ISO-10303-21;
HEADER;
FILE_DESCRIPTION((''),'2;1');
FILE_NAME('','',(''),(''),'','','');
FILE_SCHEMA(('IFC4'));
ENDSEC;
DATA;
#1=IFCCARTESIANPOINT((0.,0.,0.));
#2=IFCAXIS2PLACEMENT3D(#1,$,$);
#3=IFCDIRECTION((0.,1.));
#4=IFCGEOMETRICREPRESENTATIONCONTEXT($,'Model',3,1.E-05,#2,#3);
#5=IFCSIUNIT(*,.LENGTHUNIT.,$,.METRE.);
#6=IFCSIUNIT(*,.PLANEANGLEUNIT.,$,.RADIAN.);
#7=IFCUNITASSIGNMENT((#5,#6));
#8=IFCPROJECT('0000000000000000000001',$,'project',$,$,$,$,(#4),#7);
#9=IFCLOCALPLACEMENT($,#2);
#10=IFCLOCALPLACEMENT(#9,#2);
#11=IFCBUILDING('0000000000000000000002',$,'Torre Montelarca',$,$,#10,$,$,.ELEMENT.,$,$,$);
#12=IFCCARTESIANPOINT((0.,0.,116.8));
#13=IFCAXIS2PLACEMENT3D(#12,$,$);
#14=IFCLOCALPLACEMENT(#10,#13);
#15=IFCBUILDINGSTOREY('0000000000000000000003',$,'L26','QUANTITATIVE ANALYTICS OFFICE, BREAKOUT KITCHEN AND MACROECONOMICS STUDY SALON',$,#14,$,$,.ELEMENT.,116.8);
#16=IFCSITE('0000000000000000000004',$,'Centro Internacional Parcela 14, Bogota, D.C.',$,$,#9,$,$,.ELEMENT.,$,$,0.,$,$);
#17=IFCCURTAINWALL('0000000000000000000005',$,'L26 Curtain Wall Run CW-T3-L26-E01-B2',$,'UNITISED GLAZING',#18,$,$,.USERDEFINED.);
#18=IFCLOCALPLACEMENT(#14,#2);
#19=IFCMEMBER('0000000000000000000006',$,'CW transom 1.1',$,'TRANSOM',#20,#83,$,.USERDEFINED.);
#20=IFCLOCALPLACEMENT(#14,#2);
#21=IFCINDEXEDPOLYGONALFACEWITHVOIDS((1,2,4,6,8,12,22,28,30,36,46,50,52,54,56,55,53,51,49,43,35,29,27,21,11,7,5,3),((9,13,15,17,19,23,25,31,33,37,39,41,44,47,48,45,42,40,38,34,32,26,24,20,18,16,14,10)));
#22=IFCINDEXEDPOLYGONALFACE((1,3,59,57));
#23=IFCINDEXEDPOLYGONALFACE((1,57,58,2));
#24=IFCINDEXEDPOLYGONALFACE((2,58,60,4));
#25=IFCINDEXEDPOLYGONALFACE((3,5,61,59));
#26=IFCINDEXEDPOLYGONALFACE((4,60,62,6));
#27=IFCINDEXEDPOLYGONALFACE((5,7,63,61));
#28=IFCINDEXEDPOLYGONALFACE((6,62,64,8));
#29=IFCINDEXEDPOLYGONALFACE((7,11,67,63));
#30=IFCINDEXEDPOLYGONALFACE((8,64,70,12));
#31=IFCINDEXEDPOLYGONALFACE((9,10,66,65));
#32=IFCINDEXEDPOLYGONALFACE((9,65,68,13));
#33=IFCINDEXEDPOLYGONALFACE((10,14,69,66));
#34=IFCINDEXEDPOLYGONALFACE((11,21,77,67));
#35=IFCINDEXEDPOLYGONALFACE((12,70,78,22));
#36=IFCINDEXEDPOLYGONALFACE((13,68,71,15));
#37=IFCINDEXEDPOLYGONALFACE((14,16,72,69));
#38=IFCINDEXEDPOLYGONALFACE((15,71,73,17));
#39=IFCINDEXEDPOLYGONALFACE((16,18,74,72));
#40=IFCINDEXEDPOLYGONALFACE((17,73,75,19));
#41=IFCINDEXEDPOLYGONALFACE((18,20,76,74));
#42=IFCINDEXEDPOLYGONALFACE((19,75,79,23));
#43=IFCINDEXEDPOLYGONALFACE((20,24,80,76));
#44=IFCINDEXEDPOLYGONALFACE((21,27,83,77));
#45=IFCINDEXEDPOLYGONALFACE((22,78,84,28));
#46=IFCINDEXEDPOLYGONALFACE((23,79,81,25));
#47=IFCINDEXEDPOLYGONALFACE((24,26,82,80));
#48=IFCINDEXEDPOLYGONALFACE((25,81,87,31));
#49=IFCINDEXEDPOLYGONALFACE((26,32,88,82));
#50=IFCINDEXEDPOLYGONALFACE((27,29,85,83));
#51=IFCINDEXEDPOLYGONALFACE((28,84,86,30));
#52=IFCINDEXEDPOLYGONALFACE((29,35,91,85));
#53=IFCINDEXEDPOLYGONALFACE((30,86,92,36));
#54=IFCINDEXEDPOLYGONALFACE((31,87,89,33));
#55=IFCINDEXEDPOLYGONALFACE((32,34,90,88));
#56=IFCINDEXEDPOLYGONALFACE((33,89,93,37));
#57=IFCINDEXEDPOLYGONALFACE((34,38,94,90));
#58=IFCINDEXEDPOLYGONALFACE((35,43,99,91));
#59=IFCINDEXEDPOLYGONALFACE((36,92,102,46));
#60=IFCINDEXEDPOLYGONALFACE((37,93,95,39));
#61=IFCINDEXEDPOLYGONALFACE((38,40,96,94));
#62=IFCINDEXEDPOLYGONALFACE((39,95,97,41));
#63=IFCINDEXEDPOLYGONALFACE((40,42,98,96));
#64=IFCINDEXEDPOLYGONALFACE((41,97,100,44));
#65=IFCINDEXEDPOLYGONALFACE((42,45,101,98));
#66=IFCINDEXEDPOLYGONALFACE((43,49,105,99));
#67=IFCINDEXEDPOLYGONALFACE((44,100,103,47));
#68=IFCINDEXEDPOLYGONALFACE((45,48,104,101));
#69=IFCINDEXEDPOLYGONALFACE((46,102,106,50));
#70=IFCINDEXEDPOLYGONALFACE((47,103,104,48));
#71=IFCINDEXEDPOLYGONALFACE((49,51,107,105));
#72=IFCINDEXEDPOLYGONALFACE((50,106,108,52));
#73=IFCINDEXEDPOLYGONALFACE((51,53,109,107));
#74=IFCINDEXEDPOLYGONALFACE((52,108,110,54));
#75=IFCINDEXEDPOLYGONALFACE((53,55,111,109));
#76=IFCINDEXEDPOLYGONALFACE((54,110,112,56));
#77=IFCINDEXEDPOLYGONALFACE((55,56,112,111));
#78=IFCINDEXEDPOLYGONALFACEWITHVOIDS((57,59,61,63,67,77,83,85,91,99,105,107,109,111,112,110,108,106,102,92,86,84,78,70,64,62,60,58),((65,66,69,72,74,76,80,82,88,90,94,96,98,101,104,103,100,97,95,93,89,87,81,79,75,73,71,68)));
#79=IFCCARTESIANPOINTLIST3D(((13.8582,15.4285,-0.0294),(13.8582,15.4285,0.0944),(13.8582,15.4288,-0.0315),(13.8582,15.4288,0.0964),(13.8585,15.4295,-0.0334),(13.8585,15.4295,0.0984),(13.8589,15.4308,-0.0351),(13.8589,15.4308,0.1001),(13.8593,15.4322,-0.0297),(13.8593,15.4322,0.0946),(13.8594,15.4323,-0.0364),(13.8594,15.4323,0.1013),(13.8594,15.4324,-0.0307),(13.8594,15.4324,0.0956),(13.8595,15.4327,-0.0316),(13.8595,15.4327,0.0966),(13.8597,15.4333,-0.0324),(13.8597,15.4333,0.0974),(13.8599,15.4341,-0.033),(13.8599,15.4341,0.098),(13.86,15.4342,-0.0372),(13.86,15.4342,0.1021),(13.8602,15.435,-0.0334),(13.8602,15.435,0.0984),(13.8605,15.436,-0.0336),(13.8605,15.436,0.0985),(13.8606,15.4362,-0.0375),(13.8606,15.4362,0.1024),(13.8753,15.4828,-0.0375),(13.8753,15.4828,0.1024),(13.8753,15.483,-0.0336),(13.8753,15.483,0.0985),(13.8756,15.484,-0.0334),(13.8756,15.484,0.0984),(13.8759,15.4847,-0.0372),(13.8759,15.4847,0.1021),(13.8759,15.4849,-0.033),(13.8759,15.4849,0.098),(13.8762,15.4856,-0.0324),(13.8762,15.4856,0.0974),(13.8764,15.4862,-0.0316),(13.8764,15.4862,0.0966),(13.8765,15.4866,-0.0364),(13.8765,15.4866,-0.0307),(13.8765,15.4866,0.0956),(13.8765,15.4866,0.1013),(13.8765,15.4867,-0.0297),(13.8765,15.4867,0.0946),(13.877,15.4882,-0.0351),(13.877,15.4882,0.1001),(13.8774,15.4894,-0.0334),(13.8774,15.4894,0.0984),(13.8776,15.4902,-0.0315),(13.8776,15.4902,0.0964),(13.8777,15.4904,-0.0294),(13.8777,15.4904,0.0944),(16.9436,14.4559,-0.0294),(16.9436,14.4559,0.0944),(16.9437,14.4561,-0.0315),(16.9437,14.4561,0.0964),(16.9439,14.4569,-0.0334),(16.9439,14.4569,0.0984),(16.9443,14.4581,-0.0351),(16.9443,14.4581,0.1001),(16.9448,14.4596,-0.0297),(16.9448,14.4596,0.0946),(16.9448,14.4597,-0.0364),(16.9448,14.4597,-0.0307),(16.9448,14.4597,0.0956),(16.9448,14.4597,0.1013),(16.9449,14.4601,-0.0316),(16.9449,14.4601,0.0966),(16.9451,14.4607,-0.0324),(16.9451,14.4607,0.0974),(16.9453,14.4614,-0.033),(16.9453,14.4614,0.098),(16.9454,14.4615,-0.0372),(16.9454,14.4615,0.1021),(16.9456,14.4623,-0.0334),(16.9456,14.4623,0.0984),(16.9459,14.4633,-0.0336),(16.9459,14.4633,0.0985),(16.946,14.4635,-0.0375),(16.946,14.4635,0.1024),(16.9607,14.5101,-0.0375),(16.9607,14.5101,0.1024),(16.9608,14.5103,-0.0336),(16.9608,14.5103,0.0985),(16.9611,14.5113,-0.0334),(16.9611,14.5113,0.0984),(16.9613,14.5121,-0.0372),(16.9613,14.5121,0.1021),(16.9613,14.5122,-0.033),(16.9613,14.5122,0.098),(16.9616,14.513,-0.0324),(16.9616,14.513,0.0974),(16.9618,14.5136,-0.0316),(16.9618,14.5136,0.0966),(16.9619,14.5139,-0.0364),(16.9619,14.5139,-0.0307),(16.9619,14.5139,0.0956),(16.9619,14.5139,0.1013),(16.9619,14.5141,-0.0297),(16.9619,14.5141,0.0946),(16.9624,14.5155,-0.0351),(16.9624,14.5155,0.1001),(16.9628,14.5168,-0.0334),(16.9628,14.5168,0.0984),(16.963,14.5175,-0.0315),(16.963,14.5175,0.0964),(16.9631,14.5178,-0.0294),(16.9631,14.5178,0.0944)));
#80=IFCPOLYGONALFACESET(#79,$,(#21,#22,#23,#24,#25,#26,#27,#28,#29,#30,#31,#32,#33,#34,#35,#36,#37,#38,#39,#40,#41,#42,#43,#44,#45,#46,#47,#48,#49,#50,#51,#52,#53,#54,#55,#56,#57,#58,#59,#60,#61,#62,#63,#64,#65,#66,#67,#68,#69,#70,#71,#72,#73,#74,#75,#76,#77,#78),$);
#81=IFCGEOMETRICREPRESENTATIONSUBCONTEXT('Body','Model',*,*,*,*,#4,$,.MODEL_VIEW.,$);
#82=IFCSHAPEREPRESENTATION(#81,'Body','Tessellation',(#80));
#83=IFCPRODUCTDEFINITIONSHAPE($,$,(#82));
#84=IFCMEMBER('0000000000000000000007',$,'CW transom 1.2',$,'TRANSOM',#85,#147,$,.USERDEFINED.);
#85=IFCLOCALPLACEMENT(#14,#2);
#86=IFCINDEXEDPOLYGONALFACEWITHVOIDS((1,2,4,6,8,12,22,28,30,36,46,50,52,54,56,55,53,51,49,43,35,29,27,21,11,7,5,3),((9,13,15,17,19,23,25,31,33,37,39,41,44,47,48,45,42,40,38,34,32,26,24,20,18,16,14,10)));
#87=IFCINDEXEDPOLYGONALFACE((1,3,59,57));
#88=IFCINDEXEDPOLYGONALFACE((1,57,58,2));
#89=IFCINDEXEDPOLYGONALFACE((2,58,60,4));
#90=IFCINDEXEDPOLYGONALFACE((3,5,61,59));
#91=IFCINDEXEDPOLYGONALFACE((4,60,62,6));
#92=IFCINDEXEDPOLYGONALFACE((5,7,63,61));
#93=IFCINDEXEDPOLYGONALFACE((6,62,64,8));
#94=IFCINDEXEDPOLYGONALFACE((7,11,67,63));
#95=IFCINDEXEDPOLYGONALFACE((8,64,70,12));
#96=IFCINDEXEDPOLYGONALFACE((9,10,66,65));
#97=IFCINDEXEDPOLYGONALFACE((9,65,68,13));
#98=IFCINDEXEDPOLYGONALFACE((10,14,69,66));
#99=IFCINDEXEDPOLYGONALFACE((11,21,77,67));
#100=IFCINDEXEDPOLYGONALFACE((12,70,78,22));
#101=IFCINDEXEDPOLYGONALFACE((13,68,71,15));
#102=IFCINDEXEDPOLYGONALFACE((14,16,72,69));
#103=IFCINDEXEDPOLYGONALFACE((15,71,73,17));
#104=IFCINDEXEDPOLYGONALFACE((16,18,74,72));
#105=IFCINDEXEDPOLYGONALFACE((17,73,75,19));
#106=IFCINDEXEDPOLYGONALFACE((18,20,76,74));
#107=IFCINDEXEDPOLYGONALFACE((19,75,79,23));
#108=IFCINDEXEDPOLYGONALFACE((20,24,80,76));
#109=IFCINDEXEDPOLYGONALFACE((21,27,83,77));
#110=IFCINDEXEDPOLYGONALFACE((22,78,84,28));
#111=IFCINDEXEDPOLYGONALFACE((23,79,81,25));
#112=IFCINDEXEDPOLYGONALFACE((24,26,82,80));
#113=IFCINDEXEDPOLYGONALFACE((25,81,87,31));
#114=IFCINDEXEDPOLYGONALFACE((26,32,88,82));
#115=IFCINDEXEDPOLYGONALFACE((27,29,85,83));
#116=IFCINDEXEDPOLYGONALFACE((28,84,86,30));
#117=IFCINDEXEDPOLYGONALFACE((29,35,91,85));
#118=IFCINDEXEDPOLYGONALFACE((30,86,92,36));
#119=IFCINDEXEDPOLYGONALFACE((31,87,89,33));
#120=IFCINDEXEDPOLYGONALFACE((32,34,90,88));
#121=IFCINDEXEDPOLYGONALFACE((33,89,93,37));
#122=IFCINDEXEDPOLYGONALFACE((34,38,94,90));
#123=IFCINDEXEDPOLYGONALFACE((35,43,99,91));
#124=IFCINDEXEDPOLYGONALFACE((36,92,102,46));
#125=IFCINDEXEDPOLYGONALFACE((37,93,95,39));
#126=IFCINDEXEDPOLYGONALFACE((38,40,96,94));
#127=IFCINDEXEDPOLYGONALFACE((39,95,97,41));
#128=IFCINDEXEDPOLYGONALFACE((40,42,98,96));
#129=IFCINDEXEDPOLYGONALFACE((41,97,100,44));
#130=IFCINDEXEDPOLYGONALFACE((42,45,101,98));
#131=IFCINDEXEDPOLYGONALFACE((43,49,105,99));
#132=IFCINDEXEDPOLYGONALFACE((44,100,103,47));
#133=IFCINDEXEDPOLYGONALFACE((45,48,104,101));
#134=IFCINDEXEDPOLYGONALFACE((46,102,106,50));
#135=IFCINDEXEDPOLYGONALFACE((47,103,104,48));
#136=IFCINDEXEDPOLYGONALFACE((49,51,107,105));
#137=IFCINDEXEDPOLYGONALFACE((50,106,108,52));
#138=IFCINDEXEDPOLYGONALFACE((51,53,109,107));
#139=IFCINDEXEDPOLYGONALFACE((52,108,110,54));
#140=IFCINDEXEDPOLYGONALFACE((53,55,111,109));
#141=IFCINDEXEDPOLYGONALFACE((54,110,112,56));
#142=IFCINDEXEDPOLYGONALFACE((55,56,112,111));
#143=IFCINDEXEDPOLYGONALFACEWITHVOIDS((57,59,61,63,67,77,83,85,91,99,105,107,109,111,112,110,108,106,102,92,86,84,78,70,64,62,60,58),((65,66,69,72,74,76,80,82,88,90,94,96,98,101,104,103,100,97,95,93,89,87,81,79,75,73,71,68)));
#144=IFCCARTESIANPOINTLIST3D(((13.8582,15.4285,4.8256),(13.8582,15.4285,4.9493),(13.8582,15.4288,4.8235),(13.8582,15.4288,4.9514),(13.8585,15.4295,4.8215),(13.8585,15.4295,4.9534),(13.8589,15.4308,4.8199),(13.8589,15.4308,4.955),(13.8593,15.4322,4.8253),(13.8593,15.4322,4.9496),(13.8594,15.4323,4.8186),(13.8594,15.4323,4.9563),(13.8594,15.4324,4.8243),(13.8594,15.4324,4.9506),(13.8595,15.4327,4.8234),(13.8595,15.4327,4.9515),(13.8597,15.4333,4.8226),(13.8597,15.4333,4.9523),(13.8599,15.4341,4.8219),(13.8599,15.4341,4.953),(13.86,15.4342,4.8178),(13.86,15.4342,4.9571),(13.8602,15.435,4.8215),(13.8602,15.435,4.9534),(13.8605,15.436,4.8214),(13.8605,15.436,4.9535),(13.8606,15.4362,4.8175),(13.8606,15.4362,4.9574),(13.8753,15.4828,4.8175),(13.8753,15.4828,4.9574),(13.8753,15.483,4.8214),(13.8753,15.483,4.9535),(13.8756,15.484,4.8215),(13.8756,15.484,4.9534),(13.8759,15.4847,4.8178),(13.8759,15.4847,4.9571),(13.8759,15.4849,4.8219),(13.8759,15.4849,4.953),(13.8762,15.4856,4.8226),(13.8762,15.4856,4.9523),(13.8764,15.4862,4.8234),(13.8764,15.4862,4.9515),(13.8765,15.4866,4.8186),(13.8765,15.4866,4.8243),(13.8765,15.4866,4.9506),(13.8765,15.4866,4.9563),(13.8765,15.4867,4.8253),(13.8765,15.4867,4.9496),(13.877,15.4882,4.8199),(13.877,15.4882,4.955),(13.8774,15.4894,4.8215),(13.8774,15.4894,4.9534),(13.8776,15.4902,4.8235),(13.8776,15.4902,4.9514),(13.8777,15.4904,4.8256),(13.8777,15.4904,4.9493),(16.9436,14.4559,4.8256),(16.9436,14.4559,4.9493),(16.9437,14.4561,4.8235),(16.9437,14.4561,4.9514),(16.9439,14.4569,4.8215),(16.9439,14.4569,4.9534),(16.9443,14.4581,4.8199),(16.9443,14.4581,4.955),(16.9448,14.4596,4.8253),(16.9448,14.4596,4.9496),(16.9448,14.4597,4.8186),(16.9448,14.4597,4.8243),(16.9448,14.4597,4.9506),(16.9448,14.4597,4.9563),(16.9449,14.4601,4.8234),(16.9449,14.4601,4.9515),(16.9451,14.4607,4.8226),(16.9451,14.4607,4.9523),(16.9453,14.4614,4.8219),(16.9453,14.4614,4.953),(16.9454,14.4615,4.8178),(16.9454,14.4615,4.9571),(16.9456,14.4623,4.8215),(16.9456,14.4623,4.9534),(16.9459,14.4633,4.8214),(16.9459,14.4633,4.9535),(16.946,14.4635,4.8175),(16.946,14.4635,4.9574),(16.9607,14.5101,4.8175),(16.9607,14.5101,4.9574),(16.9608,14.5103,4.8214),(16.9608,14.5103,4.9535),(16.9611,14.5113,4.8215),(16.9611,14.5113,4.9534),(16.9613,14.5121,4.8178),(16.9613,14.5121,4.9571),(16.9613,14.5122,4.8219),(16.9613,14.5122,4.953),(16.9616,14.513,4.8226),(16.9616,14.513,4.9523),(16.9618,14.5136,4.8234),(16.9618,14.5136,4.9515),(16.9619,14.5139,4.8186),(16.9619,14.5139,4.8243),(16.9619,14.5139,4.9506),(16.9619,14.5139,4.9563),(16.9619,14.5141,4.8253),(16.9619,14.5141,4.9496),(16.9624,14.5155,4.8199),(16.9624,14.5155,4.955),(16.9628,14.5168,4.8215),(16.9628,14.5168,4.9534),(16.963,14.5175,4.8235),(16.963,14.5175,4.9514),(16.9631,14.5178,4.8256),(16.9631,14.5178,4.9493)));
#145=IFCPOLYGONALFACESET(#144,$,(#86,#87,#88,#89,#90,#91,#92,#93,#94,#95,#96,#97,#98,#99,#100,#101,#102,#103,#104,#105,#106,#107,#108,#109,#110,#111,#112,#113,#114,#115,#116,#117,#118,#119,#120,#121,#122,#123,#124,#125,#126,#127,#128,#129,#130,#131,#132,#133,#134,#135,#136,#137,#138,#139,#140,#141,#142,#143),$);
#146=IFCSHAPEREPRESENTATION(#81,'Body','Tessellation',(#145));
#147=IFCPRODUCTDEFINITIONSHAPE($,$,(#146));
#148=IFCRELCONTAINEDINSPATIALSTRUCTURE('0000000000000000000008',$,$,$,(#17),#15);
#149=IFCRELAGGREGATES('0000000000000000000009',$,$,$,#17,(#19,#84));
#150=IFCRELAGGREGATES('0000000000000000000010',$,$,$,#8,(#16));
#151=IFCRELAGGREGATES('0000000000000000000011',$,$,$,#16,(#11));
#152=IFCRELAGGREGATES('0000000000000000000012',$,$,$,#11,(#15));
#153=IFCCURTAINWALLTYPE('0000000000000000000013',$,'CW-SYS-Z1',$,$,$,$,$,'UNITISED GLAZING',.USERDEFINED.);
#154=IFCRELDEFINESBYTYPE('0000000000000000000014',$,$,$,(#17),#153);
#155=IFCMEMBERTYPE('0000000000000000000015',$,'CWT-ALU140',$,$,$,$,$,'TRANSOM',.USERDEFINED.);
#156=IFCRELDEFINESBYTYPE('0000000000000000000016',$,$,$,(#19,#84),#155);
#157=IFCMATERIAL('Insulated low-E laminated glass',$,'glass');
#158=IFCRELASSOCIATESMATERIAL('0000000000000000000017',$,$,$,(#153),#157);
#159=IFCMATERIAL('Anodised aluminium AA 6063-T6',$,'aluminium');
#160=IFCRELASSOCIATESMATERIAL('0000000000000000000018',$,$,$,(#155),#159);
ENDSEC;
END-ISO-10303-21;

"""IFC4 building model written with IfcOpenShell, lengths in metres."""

from ifc_helpers import new_model, si_unit, direction, frame, origin, origin_2d, place, context, subcontext, project, spatial, hollow_rectangle, extrude, source, transform, mapped, material, material_profile, profile_set, type_object, element, aggregate, save


model = new_model("IFC4")

# Units and contexts
model_context = context("Model", 3, precision=1e-05, world=origin(), true_north=direction((0.0, 1.0)))
body_context = subcontext(model_context, "Body", "Model", "MODEL_VIEW")
ifc_project = project(units=[si_unit("LENGTHUNIT", "METRE"), si_unit("PLANEANGLEUNIT", "RADIAN")], contexts=[model_context])

# Site, building, storey
site_placement = place(None, origin())
site = spatial("IfcSite", under=ifc_project, at=site_placement, Name="Centro Internacional Parcela 14, Bogota, D.C.", CompositionType="ELEMENT", RefElevation=0.0)
building_placement = place(site_placement, origin())
building = spatial("IfcBuilding", under=site, at=building_placement, Name="Torre Montelarca", CompositionType="ELEMENT")
storey_placement = place(building_placement, frame((0.0, 0.0, 116.8)))
storey = spatial("IfcBuildingStorey", under=building, at=storey_placement, Name="L26", Description="QUANTITATIVE ANALYTICS OFFICE, BREAKOUT KITCHEN AND MACROECONOMICS STUDY SALON", CompositionType="ELEMENT", Elevation=116.8)

# Curtain wall, members
ifc_material_1 = material(Name="Insulated low-E laminated glass", Category="glass")
curtain_wall_type = type_object("IfcCurtainWallType", Name="CW-SYS-Z1", ElementType="UNITISED GLAZING", PredefinedType="USERDEFINED", material=ifc_material_1)
ifc_material_2 = material(Name="Anodised aluminium AA 6063-T6", Category="aluminium")
ifc_material_profile_1 = material_profile(ifc_material_2, hollow_rectangle(XDim=0.0649, YDim=0.1399, WallThickness=0.0039, InnerFilletRadius=0.0039, OuterFilletRadius=0.0081, at=origin_2d()), Name="ALU65X140X4", Category="aluminium")
ifc_profile_set_1 = profile_set([ifc_material_profile_1], Name="Anodised aluminium AA 6063-T6")
member_type_1 = type_object("IfcMemberType", Name="CWT-ALU140", ElementType="TRANSOM", PredefinedType="USERDEFINED", material=ifc_profile_set_1)
curtain_wall_1_placement = place(storey_placement, origin())
curtain_wall_1 = element("IfcCurtainWall", 1, at=curtain_wall_1_placement, inside=storey, type_object=curtain_wall_type, Name="L26 Curtain Wall Run CW-T3-L26-E01-B2", ObjectType="UNITISED GLAZING", PredefinedType="USERDEFINED")
shared_shape_1 = source(origin(), body_context, "Body", "SweptSolid", [
    extrude(hollow_rectangle(XDim=0.0649, YDim=0.1399, WallThickness=0.0039, InnerFilletRadius=0.0039, OuterFilletRadius=0.0081, at=origin_2d()), origin(), (0.0, 0.0, 1.0), 3.2351),
])
member_1_placement = place(storey_placement, frame((13.8679, 15.4595, 0.0325), z_axis=(0.953733, -0.300655, 0.0), x_axis=(0.300655, 0.953733, 0.0)))
member_1 = element("IfcMember", 2, at=member_1_placement, type_object=member_type_1, Name="CW transom 1.1", ObjectType="TRANSOM", PredefinedType="USERDEFINED", context=body_context, shape_type="MappedRepresentation", body=[
    mapped(shared_shape_1, transform((0.0, 0.0, 0.0), scale=1.0)),
])
member_2_placement = place(storey_placement, frame((13.8679, 15.4595, 4.8875), z_axis=(0.953733, -0.300655, 0.0), x_axis=(0.300655, 0.953733, 0.0)))
member_2 = element("IfcMember", 3, at=member_2_placement, type_object=member_type_1, Name="CW transom 1.2", ObjectType="TRANSOM", PredefinedType="USERDEFINED", context=body_context, shape_type="MappedRepresentation", body=[
    mapped(shared_shape_1, transform((0.0, 0.0, 0.0), scale=1.0)),
])

aggregate(curtain_wall_1, [member_1, member_2])

save(model, "model.ifc")
